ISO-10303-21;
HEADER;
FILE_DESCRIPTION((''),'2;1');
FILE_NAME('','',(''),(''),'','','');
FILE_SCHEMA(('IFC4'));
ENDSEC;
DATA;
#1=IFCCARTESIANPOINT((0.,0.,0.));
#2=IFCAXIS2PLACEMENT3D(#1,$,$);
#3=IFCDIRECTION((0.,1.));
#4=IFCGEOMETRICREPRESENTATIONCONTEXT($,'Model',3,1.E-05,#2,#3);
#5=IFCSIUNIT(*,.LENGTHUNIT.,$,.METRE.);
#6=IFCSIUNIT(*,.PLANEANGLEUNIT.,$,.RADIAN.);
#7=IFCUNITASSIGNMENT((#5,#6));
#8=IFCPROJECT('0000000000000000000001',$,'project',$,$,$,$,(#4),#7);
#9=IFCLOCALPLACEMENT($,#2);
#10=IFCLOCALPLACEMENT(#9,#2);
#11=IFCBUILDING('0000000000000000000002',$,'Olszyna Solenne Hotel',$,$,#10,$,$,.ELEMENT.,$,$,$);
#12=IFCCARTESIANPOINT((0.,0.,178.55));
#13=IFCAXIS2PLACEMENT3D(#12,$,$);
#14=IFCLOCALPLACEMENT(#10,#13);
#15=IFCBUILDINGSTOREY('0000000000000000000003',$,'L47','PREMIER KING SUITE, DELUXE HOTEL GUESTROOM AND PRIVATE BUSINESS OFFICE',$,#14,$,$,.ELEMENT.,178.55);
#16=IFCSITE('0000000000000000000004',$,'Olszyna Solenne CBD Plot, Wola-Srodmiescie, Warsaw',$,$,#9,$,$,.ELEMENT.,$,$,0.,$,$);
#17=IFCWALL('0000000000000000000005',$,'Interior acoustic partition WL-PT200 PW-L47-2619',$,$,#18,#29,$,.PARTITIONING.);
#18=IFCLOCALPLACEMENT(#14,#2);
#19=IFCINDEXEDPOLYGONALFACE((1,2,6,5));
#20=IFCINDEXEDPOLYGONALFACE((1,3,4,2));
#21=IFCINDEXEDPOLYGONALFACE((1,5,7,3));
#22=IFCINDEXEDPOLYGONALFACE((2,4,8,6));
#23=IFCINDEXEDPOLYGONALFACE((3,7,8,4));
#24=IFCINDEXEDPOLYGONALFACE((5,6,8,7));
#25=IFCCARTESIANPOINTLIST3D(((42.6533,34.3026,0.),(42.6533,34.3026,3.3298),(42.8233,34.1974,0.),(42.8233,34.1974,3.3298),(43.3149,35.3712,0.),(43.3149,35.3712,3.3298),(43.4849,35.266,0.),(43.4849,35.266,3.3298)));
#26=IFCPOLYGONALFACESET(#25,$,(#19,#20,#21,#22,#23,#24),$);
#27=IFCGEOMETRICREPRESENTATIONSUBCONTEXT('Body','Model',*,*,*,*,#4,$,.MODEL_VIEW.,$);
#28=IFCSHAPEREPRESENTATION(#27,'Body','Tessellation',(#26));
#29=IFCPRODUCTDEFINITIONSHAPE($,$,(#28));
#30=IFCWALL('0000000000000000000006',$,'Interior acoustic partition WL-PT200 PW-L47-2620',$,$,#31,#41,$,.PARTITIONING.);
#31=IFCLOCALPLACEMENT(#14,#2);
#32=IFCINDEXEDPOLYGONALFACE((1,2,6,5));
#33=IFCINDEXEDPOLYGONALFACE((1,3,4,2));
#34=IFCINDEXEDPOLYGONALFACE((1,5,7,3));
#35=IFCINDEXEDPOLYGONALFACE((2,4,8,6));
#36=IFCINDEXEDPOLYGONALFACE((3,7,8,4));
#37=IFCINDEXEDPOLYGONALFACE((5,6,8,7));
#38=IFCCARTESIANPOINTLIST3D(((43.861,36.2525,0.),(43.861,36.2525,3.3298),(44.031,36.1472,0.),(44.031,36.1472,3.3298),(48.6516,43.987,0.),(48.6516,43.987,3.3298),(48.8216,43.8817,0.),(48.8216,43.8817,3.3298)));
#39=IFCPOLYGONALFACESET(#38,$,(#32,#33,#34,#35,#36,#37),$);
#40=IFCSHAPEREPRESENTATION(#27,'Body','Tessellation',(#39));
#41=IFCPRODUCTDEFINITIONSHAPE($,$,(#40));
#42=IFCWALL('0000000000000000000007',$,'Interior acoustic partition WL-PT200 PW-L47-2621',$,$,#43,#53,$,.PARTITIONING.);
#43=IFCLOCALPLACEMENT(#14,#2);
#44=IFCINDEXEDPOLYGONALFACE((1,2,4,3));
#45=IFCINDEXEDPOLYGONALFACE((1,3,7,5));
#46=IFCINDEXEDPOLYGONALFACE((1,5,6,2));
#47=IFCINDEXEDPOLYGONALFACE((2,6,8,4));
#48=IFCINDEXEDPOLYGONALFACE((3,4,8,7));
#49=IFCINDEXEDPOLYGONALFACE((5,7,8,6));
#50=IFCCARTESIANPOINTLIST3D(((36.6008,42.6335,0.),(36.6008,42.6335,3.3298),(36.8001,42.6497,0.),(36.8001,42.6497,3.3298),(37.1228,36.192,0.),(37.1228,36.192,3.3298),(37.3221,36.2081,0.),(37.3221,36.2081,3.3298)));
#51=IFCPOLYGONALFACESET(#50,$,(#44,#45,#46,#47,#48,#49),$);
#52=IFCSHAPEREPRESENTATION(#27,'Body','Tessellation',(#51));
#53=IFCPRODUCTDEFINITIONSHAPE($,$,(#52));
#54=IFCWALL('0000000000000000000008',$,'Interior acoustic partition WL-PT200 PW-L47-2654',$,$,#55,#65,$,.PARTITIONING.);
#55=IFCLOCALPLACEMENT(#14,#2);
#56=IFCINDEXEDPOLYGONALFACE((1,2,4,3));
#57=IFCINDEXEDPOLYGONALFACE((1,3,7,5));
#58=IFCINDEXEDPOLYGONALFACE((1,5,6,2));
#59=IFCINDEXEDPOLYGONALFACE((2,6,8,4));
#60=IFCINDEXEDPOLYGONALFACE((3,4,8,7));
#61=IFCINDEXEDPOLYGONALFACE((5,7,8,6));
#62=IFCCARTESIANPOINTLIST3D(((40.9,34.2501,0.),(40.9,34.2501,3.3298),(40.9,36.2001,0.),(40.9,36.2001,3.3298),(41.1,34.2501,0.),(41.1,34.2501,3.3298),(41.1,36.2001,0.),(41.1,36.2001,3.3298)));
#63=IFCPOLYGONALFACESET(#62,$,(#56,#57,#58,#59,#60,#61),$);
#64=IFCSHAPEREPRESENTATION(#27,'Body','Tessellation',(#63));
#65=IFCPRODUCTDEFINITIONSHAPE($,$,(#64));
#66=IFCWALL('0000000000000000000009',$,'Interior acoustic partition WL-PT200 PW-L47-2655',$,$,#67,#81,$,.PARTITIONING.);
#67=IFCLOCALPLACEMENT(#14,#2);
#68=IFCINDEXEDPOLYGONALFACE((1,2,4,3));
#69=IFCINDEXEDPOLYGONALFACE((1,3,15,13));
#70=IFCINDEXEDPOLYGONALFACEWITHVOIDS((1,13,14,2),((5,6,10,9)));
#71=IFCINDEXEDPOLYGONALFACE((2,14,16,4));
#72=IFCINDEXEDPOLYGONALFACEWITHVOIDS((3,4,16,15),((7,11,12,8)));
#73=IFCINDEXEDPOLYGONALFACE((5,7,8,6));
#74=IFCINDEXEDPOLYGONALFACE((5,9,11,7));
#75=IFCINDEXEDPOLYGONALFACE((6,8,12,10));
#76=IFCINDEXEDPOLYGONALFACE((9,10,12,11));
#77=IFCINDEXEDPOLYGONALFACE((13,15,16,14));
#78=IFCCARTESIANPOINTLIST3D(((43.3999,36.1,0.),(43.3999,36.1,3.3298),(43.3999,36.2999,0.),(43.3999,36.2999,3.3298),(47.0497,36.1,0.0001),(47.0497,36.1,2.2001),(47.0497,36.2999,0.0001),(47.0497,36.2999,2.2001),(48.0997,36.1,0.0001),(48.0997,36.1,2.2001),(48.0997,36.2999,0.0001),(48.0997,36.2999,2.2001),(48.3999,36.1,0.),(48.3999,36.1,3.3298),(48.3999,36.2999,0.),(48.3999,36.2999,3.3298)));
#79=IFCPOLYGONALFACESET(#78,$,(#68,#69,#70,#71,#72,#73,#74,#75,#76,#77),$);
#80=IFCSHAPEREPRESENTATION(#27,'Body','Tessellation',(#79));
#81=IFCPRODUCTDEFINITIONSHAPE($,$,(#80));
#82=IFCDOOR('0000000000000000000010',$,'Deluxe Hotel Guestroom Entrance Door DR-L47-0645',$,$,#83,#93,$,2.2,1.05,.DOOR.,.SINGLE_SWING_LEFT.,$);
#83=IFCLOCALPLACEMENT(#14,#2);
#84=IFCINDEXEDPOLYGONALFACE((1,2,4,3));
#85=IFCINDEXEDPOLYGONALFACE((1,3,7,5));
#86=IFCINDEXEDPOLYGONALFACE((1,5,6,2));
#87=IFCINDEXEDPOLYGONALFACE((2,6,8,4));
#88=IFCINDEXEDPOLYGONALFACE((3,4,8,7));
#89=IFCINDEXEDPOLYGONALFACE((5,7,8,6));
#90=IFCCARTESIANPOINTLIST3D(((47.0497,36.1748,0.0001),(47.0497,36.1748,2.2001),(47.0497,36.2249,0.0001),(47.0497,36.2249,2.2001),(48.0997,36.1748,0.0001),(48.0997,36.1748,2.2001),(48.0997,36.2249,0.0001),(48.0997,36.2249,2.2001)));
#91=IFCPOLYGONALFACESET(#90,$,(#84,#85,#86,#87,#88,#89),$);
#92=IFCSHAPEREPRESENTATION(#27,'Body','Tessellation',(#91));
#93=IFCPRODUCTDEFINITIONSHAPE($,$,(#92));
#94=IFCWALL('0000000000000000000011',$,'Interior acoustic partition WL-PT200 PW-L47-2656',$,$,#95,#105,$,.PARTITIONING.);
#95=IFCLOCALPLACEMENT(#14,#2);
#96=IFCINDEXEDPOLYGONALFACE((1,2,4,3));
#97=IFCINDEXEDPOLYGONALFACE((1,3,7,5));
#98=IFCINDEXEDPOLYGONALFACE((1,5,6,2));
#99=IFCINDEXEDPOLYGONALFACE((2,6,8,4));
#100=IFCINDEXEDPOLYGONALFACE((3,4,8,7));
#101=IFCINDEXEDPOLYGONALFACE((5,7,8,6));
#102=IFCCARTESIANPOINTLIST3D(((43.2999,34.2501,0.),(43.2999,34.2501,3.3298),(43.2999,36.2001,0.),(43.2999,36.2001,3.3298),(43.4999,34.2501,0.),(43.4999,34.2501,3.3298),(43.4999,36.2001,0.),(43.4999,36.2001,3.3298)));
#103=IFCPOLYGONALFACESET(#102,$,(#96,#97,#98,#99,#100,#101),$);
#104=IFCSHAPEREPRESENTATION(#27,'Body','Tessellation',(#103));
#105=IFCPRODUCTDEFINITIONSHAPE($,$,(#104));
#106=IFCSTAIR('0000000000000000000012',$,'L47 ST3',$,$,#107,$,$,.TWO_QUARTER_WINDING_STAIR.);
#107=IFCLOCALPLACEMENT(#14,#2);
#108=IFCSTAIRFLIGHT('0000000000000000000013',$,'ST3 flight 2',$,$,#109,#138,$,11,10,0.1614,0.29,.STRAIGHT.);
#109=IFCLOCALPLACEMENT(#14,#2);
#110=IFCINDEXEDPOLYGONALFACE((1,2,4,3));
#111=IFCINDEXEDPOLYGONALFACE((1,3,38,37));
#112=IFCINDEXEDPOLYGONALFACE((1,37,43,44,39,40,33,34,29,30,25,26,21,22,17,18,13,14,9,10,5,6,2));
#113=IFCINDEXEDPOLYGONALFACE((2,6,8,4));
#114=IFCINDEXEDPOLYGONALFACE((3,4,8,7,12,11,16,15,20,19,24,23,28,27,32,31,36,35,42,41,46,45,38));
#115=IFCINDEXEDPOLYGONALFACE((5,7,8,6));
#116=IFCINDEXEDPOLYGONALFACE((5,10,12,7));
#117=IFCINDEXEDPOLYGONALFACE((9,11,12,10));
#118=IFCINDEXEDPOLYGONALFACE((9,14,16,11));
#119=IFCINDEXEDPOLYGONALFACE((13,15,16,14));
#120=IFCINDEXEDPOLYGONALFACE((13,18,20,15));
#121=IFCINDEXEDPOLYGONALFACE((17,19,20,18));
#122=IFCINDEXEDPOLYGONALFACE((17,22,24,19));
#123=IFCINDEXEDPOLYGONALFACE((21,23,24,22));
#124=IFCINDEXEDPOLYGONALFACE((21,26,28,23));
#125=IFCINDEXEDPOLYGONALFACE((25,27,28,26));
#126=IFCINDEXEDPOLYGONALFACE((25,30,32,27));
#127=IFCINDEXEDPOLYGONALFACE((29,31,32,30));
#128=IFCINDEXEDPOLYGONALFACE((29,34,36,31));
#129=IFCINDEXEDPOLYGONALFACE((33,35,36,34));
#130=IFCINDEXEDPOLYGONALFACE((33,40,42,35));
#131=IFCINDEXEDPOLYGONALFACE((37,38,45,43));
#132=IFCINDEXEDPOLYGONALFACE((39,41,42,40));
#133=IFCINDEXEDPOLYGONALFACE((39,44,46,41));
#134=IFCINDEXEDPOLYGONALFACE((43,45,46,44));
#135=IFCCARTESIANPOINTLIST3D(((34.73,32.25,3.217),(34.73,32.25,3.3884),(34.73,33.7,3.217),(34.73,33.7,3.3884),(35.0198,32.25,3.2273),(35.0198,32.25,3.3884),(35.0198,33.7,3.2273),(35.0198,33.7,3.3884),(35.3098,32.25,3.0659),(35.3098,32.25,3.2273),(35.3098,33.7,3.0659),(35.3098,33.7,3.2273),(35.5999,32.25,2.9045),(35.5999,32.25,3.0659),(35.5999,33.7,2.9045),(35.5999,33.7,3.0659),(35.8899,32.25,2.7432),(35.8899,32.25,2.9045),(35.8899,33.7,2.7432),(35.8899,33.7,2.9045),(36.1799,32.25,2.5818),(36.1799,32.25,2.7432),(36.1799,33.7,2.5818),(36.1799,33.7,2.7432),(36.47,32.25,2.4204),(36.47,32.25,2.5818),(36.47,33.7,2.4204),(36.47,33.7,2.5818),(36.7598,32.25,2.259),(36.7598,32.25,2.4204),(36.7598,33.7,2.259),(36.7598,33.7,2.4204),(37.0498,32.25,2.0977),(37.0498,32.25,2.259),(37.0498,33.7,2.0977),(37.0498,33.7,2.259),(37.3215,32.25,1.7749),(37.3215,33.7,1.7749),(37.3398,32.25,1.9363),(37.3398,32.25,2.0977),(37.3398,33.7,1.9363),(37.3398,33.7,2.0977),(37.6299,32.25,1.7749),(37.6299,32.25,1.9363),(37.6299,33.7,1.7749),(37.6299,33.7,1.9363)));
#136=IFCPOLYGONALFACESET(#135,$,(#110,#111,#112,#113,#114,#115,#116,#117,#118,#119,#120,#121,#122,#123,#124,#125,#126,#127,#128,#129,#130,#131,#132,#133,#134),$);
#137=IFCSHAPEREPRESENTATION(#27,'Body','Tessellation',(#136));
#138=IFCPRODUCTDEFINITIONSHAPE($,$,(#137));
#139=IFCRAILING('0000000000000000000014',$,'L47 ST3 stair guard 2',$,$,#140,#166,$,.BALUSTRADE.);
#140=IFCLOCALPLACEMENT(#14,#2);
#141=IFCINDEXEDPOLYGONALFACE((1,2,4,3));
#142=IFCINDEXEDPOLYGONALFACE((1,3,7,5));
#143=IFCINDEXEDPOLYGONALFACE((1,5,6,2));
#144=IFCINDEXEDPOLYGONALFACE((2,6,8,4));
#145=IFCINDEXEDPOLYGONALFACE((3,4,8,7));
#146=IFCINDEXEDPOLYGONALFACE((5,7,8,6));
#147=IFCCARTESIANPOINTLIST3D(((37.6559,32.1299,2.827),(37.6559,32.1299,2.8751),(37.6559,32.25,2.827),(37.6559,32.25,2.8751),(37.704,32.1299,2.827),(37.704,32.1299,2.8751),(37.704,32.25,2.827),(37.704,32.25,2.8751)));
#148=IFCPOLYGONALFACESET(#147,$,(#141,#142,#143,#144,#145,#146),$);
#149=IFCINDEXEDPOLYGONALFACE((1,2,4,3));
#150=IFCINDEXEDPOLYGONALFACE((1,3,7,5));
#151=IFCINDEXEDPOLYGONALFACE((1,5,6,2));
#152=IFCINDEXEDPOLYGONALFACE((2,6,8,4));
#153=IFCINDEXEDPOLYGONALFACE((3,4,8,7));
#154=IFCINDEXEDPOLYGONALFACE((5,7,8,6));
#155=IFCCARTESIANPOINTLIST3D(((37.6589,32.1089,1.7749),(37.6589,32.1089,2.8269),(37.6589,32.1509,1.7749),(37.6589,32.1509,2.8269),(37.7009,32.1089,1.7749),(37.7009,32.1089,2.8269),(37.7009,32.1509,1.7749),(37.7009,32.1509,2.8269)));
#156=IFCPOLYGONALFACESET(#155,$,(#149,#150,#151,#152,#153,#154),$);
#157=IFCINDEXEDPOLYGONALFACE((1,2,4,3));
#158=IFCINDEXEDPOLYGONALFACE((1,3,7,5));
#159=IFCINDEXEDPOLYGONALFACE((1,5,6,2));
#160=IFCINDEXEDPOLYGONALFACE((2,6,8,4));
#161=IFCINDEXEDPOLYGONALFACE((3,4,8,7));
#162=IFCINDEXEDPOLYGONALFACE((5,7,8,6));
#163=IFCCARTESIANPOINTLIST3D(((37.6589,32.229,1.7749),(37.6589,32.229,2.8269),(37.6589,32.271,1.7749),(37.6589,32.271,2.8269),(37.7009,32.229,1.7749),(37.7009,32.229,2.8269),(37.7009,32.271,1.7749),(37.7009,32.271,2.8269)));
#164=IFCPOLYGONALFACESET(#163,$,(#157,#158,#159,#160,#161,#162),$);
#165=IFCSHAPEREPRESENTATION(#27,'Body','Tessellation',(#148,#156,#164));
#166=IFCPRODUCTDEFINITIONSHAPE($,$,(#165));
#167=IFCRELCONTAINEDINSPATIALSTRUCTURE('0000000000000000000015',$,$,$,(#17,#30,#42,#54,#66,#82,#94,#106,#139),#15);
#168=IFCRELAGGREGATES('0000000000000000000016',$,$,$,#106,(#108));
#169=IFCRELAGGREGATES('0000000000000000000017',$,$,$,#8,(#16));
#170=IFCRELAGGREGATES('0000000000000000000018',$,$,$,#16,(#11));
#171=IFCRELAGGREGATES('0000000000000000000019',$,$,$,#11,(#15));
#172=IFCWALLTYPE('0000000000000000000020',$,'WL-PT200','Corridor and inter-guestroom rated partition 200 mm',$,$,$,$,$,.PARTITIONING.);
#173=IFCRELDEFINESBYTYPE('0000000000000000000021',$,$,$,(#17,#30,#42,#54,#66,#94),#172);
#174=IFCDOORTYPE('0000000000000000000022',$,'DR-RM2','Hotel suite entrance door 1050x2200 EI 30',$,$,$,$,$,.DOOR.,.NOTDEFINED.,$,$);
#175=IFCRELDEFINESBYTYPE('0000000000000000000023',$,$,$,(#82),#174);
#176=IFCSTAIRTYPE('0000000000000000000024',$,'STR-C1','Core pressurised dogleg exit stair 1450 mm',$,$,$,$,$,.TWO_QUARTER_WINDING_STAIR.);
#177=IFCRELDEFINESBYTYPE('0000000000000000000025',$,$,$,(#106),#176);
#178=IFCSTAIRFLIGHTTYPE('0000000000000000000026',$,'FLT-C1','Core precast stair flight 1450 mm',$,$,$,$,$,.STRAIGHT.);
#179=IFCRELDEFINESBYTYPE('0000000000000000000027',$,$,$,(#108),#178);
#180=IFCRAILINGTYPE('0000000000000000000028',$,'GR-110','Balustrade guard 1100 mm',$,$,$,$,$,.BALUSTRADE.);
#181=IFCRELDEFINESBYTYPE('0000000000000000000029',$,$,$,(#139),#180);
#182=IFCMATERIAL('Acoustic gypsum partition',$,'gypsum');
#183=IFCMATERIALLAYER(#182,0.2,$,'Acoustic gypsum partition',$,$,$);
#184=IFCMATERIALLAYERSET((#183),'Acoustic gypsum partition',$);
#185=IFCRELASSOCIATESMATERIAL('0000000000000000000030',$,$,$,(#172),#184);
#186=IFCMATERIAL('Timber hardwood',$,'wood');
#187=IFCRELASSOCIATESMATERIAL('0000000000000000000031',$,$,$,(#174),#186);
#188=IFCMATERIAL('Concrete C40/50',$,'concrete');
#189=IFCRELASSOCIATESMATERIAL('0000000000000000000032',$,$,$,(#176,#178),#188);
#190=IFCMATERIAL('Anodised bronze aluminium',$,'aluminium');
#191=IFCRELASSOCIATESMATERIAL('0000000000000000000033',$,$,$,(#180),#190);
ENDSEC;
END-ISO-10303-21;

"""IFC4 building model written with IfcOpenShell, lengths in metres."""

from ifc_helpers import new_model, si_unit, direction, frame, frame_2d, origin, origin_2d, place, context, subcontext, project, spatial, polyline, rectangle, outline, extrude, source, transform, mapped, material, layer, layer_set, type_object, type_shapes, element, fill, aggregate, save


model = new_model("IFC4")

# Units and contexts
model_context = context("Model", 3, precision=1e-05, world=origin(), true_north=direction((0.0, 1.0)))
body_context = subcontext(model_context, "Body", "Model", "MODEL_VIEW")
ifc_project = project(units=[si_unit("LENGTHUNIT", "METRE"), si_unit("PLANEANGLEUNIT", "RADIAN")], contexts=[model_context])

# Site, building, storey
site_placement = place(None, origin())
site = spatial("IfcSite", under=ifc_project, at=site_placement, Name="Olszyna Solenne CBD Plot, Wola-Srodmiescie, Warsaw", CompositionType="ELEMENT", RefElevation=0.0)
building_placement = place(site_placement, origin())
building = spatial("IfcBuilding", under=site, at=building_placement, Name="Olszyna Solenne Hotel", CompositionType="ELEMENT")
storey_placement = place(building_placement, frame((0.0, 0.0, 178.55)))
storey = spatial("IfcBuildingStorey", under=building, at=storey_placement, Name="L47", Description="PREMIER KING SUITE, DELUXE HOTEL GUESTROOM AND PRIVATE BUSINESS OFFICE", CompositionType="ELEMENT", Elevation=178.55)

# Shared definitions
ifc_material_1 = material(Name="Anodised bronze aluminium", Category="aluminium")

# Shared definitions
ifc_material_2 = material(Name="Acoustic gypsum partition", Category="gypsum")

# Shared definitions
ifc_material_3 = material(Name="Timber hardwood", Category="wood")

# Walls
ifc_layer_1 = layer(ifc_material_2, 0.2, Name="Acoustic gypsum partition")
ifc_layer_set_1 = layer_set([ifc_layer_1], Name="Acoustic gypsum partition")
wall_type_1 = type_object("IfcWallType", Name="WL-PT200", Description="Corridor and inter-guestroom rated partition 200 mm", PredefinedType="PARTITIONING", material=ifc_layer_set_1)
wall_1_placement = place(storey_placement, frame((42.7383, 34.25, 0.0), z_axis=(0.0, 0.0, 1.0), x_axis=(0.526415, 0.850228, 0.0)))
element("IfcWall", 1, at=wall_1_placement, inside=storey, type_object=wall_type_1, Name="Interior acoustic partition WL-PT200 PW-L47-2619", PredefinedType="PARTITIONING", context=body_context, shape_type="SweptSolid", body=[
    extrude(rectangle(XDim=1.2568, YDim=0.2, at=frame_2d((0.6284, 0.0))), origin(), (0.0, 0.0, 1.0), 3.3298),
])
wall_2_placement = place(storey_placement, frame((43.946, 36.2, 0.0), z_axis=(0.0, 0.0, 1.0), x_axis=(0.52656, 0.850138, 0.0)))
element("IfcWall", 2, at=wall_2_placement, inside=storey, type_object=wall_type_1, Name="Interior acoustic partition WL-PT200 PW-L47-2620", PredefinedType="PARTITIONING", context=body_context, shape_type="SweptSolid", body=[
    extrude(rectangle(XDim=9.0979, YDim=0.2, at=frame_2d((4.5488, 0.0))), origin(), (0.0, 0.0, 1.0), 3.3298),
])
wall_3_placement = place(storey_placement, frame((37.2224, 36.2, 0.0), z_axis=(0.0, 0.0, 1.0), x_axis=(-0.080766, 0.996733, 0.0)))
element("IfcWall", 3, at=wall_3_placement, inside=storey, type_object=wall_type_1, Name="Interior acoustic partition WL-PT200 PW-L47-2621", PredefinedType="PARTITIONING", context=body_context, shape_type="SweptSolid", body=[
    extrude(rectangle(XDim=6.4626, YDim=0.2, at=frame_2d((3.2314, 0.0))), origin(), (0.0, 0.0, 1.0), 3.3298),
])
wall_4_placement = place(storey_placement, frame((41.0, 34.25, 0.0), z_axis=(0.0, 0.0, 1.0), x_axis=(0.0, 1.0, 0.0)))
element("IfcWall", 4, at=wall_4_placement, inside=storey, type_object=wall_type_1, Name="Interior acoustic partition WL-PT200 PW-L47-2654", PredefinedType="PARTITIONING", context=body_context, shape_type="SweptSolid", body=[
    extrude(rectangle(XDim=1.95, YDim=0.2, at=frame_2d((0.9751, 0.0))), origin(), (0.0, 0.0, 1.0), 3.3298),
])

# Wall, opening, door
wall_5_placement = place(storey_placement, frame((43.3999, 36.2, 0.0), z_axis=(0.0, 0.0, 1.0), x_axis=(1.0, 0.0, 0.0)))
wall_5 = element("IfcWall", 5, at=wall_5_placement, inside=storey, type_object=wall_type_1, Name="Interior acoustic partition WL-PT200 PW-L47-2655", PredefinedType="PARTITIONING", context=body_context, shape_type="SweptSolid", body=[
    extrude(rectangle(XDim=5.0, YDim=0.2, at=frame_2d((2.5, 0.0))), origin(), (0.0, 0.0, 1.0), 3.3298),
])
opening_1_placement = place(wall_5_placement, frame((3.6499, 0.0, 0.0)))
opening_1 = element("IfcOpeningElement", 6, at=opening_1_placement, cuts=wall_5, PredefinedType="OPENING", context=body_context, shape_type="SweptSolid", body=[
    extrude(rectangle(XDim=1.05, YDim=2.2, at=frame_2d((0.5249, 1.1001))), frame((0.0, 0.1099, 0.0), z_axis=(0.0, -1.0, 0.0), x_axis=(1.0, 0.0, 0.0)), (0.0, 0.0, 1.0), 0.22),
])
door_type_1 = type_object("IfcDoorType", Name="DR-RM2", Description="Hotel suite entrance door 1050x2200 EI 30", OperationType="NOTDEFINED", PredefinedType="DOOR", material=ifc_material_3)
shared_shape_1 = source(origin(), body_context, "Body", "SweptSolid", [
    extrude(rectangle(XDim=1.05, YDim=2.2, at=frame_2d((0.5249, 1.1001))), frame((0.0, 0.0249, 0.0), z_axis=(0.0, -1.0, 0.0), x_axis=(1.0, 0.0, 0.0)), (0.0, 0.0, 1.0), 0.05),
])
type_shapes(door_type_1, [shared_shape_1])
door_1_placement = place(opening_1_placement, origin())
door_1 = element("IfcDoor", 7, at=door_1_placement, inside=storey, type_object=door_type_1, Name="Deluxe Hotel Guestroom Entrance Door DR-L47-0645", OperationType="SINGLE_SWING_LEFT", OverallHeight=2.2, OverallWidth=1.05, PredefinedType="DOOR", context=body_context, shape_type="MappedRepresentation", body=[
    mapped(shared_shape_1, transform((0.0, 0.0, 0.0), x_axis=(1.0, 0.0, 0.0), y_axis=(0.0, 1.0, 0.0), z_axis=(0.0, 0.0, 1.0), scale=1.0)),
])
fill(opening_1, door_1)

# Wall
wall_6_placement = place(storey_placement, frame((43.3999, 34.25, 0.0), z_axis=(0.0, 0.0, 1.0), x_axis=(0.0, 1.0, 0.0)))
element("IfcWall", 8, at=wall_6_placement, inside=storey, type_object=wall_type_1, Name="Interior acoustic partition WL-PT200 PW-L47-2656", PredefinedType="PARTITIONING", context=body_context, shape_type="SweptSolid", body=[
    extrude(rectangle(XDim=1.95, YDim=0.2, at=frame_2d((0.9751, 0.0))), origin(), (0.0, 0.0, 1.0), 3.3298),
])

# Stair, stair flight
ifc_material_4 = material(Name="Concrete C40/50", Category="concrete")
stair_type = type_object("IfcStairType", Name="STR-C1", Description="Core pressurised dogleg exit stair 1450 mm", PredefinedType="TWO_QUARTER_WINDING_STAIR", material=ifc_material_4)
stair_placement = place(storey_placement, origin())
stair = element("IfcStair", 9, at=stair_placement, inside=storey, type_object=stair_type, Name="L47 ST3", PredefinedType="TWO_QUARTER_WINDING_STAIR")
stair_flight_type = type_object("IfcStairFlightType", Name="FLT-C1", Description="Core precast stair flight 1450 mm", PredefinedType="STRAIGHT", material=ifc_material_4)
stair_flight_placement = place(storey_placement, frame((37.6299, 32.9751, 1.7749), z_axis=(0.0, 0.0, 1.0), x_axis=(-1.0, 0.0, 0.0)))
stair_flight = element("IfcStairFlight", 10, at=stair_flight_placement, type_object=stair_flight_type, Name="ST3 flight 2", NumberOfRisers=11, NumberOfTreads=10, PredefinedType="STRAIGHT", RiserHeight=0.1614, TreadLength=0.29, context=body_context, shape_type="SweptSolid", body=[
    extrude(outline(polyline([(0.0, 0.0), (0.0, 0.1614), (0.29, 0.1614), (0.29, 0.3228), (0.5801, 0.3228), (0.5801, 0.4841), (0.8701, 0.4841), (0.8701, 0.6455), (1.1599, 0.6455), (1.1599, 0.8069), (1.45, 0.8069), (1.45, 0.9683), (1.74, 0.9683), (1.74, 1.1296), (2.03, 1.1296), (2.03, 1.291), (2.3201, 1.291), (2.3201, 1.4524), (2.6101, 1.4524), (2.6101, 1.6135), (2.8999, 1.6135), (2.8999, 1.7749), (2.8999, 1.4421), (0.3083, 0.0), (0.0, 0.0)])), frame((0.0, 0.7251, 0.0), z_axis=(0.0, -1.0, 0.0), x_axis=(1.0, 0.0, 0.0)), (0.0, 0.0, 1.0), 1.45),
])
aggregate(stair, [stair_flight])

# Railing
railing_type_1 = type_object("IfcRailingType", Name="GR-110", Description="Balustrade guard 1100 mm", PredefinedType="BALUSTRADE", material=ifc_material_1)
railing_1_placement = place(storey_placement, frame((37.6799, 32.1299, 1.7749)))
element("IfcRailing", 11, at=railing_1_placement, inside=storey, type_object=railing_type_1, Name="L47 ST3 stair guard 2", PredefinedType="BALUSTRADE", context=body_context, shape_type="SweptSolid", body=[
    extrude(rectangle(XDim=0.0481, YDim=0.0481, at=origin_2d()), frame((0.0, 0.0, 1.0762), z_axis=(0.0, 1.0, 0.0), x_axis=(-1.0, 0.0, 0.0)), (0.0, 0.0, 1.0), 0.1201),
    extrude(rectangle(XDim=0.042, YDim=0.042, at=origin_2d()), origin(), (0.0, 0.0, 1.0), 1.052),
    extrude(rectangle(XDim=0.042, YDim=0.042, at=origin_2d()), frame((0.0, 0.1201, 0.0)), (0.0, 0.0, 1.0), 1.052),
])

save(model, "model.ifc")
